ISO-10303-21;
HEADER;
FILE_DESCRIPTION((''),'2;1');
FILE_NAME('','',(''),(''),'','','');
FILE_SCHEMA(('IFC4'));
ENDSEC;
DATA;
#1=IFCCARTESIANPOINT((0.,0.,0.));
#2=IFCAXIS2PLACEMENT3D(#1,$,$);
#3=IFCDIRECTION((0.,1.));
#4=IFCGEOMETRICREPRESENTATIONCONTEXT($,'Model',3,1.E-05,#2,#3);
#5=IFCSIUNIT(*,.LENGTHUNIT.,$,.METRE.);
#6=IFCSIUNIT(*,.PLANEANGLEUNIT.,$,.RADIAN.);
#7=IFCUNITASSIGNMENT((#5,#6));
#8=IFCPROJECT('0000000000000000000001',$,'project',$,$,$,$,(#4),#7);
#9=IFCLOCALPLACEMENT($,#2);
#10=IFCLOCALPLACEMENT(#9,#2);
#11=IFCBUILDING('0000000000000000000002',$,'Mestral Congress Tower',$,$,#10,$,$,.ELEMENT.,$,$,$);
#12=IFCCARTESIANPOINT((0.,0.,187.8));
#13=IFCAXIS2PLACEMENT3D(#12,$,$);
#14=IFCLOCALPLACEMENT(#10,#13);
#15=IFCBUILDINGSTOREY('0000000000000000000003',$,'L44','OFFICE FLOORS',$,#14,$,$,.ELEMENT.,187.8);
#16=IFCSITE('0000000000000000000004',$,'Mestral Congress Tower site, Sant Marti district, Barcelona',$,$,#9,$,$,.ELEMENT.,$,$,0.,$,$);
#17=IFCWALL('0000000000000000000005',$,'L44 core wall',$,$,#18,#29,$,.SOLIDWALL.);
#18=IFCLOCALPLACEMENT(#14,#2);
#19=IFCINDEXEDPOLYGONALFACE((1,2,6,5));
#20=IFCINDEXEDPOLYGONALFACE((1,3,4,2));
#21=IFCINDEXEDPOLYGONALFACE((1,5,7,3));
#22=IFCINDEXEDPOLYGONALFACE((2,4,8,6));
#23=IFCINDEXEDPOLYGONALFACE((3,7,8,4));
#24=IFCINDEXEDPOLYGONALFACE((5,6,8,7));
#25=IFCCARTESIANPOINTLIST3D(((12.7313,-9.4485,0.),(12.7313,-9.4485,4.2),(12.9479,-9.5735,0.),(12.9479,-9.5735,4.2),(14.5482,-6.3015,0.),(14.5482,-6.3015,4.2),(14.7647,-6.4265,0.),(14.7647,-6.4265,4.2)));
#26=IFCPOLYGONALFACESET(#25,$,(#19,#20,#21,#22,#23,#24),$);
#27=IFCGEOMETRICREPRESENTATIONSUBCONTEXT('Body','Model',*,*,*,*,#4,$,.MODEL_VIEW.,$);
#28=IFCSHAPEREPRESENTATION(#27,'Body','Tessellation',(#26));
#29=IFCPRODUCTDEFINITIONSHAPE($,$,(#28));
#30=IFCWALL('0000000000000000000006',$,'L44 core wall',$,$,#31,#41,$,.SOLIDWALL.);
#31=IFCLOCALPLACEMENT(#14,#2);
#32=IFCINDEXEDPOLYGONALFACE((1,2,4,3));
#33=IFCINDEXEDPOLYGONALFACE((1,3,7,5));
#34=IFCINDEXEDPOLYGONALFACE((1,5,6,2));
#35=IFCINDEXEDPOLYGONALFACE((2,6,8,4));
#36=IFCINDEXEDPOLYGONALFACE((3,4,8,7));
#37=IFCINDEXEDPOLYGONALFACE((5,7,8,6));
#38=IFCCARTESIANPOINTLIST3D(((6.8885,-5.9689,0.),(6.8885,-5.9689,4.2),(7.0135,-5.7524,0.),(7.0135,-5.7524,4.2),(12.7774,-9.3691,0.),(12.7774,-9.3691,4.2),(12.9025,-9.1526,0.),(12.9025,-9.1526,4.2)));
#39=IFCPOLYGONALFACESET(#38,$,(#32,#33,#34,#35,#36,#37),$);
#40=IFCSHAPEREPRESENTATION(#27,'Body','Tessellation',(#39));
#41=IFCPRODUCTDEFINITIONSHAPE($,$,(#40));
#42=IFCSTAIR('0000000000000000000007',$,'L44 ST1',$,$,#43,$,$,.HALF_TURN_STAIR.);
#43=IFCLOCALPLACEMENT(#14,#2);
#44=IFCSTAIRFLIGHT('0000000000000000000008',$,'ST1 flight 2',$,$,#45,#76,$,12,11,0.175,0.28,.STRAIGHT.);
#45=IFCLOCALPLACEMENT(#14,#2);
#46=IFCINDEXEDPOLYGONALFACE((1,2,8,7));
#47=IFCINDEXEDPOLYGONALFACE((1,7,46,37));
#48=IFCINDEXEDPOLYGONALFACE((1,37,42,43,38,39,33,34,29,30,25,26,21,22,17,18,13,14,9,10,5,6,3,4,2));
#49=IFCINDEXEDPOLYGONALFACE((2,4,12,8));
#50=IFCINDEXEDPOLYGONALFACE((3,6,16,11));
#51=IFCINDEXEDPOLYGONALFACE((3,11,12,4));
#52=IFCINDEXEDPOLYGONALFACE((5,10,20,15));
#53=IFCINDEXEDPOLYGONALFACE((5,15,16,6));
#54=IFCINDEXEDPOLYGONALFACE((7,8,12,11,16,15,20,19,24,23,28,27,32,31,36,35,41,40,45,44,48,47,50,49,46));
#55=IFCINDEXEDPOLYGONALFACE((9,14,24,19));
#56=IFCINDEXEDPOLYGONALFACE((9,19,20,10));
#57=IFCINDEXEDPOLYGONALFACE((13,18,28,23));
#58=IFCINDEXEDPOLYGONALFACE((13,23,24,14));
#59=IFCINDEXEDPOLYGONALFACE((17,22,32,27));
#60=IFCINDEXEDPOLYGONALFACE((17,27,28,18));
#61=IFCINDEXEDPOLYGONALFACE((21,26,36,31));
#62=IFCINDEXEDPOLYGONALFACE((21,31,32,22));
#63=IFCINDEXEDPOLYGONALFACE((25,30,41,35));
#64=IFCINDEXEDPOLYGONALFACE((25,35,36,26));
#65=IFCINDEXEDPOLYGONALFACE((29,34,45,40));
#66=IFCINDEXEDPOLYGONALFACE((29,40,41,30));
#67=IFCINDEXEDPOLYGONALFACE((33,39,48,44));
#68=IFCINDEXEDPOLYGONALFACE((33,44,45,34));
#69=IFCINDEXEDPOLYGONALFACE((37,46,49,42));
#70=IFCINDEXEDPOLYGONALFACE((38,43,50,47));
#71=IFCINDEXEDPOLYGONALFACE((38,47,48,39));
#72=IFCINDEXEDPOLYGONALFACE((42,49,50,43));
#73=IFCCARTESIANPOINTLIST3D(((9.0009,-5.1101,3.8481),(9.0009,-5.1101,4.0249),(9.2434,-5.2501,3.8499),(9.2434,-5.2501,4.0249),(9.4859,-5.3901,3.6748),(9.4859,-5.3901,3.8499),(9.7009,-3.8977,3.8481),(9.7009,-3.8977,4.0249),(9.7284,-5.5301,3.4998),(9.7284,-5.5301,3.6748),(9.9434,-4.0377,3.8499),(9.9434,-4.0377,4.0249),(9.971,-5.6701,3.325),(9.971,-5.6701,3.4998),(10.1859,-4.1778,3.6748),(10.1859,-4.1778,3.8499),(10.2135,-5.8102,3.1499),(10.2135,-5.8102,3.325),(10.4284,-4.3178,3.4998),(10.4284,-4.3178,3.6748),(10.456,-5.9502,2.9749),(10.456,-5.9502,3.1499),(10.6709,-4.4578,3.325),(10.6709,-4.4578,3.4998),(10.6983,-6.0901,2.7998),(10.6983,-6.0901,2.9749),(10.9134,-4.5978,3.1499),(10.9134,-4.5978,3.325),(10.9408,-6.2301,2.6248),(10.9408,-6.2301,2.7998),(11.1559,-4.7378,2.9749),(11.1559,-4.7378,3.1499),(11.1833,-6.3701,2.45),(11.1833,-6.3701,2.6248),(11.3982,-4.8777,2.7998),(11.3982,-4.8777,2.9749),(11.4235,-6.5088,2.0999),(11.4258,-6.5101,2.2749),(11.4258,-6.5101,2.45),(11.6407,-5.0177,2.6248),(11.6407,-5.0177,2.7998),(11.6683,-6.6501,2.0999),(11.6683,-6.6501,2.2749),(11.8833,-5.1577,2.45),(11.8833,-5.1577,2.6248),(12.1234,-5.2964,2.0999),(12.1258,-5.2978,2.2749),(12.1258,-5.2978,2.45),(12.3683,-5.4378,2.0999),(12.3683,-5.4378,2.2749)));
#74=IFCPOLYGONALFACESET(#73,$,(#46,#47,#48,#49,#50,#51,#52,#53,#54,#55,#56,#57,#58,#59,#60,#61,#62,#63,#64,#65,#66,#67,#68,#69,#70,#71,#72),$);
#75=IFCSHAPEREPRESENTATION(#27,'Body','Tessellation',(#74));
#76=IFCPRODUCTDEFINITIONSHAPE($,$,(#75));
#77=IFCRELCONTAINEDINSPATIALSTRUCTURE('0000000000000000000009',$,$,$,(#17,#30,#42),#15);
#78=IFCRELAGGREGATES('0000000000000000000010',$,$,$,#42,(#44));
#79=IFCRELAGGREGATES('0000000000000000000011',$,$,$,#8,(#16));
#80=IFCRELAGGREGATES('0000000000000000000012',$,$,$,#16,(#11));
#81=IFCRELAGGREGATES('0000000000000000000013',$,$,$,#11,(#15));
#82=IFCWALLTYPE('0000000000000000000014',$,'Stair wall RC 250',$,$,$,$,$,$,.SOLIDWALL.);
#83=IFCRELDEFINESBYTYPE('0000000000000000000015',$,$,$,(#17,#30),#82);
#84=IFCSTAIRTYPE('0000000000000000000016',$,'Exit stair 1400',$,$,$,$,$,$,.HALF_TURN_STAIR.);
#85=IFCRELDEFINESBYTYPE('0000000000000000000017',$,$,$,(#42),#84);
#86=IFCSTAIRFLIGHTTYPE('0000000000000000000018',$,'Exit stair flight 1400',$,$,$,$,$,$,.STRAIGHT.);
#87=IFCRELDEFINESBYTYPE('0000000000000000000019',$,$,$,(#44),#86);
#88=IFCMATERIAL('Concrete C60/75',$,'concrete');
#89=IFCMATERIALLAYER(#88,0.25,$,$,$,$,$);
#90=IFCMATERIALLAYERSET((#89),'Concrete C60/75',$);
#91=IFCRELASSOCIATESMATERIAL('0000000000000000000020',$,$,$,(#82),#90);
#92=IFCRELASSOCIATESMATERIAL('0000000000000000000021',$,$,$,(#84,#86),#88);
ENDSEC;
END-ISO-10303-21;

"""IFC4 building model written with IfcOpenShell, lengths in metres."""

from ifc_helpers import new_model, si_unit, direction, frame, frame_2d, origin, place, context, subcontext, project, spatial, polyline, rectangle, outline, extrude, material, layer, layer_set, type_object, element, aggregate, save


model = new_model("IFC4")

# Units and contexts
model_context = context("Model", 3, precision=1e-05, world=origin(), true_north=direction((0.0, 1.0)))
body_context = subcontext(model_context, "Body", "Model", "MODEL_VIEW")
ifc_project = project(units=[si_unit("LENGTHUNIT", "METRE"), si_unit("PLANEANGLEUNIT", "RADIAN")], contexts=[model_context])

# Site, building, storey
site_placement = place(None, origin())
site = spatial("IfcSite", under=ifc_project, at=site_placement, Name="Mestral Congress Tower site, Sant Marti district, Barcelona", CompositionType="ELEMENT", RefElevation=0.0)
building_placement = place(site_placement, origin())
building = spatial("IfcBuilding", under=site, at=building_placement, Name="Mestral Congress Tower", CompositionType="ELEMENT")
storey_placement = place(building_placement, frame((0.0, 0.0, 187.8)))
storey = spatial("IfcBuildingStorey", under=building, at=storey_placement, Name="L44", Description="OFFICE FLOORS", CompositionType="ELEMENT", Elevation=187.8)

# Shared definitions
ifc_material_1 = material(Name="Concrete C60/75", Category="concrete")

# Walls
ifc_layer_1 = layer(ifc_material_1, 0.25)
ifc_layer_set_1 = layer_set([ifc_layer_1], Name="Concrete C60/75")
wall_type_1 = type_object("IfcWallType", Name="Stair wall RC 250", PredefinedType="SOLIDWALL", material=ifc_layer_set_1)
wall_1_placement = place(storey_placement, frame((12.8396, -9.511, 0.0), z_axis=(0.0, 0.0, 1.0), x_axis=(0.499998, 0.866027, 0.0)))
element("IfcWall", 1, at=wall_1_placement, inside=storey, type_object=wall_type_1, Name="L44 core wall", PredefinedType="SOLIDWALL", context=body_context, shape_type="SweptSolid", body=[
    extrude(rectangle(XDim=3.6338, YDim=0.25, at=frame_2d((1.8169, 0.0))), origin(), (0.0, 0.0, 1.0), 4.2),
])
wall_2_placement = place(storey_placement, frame((12.8398, -9.2607, 0.0), z_axis=(0.0, 0.0, 1.0), x_axis=(-0.866014, 0.50002, 0.0)))
element("IfcWall", 2, at=wall_2_placement, inside=storey, type_object=wall_type_1, Name="L44 core wall", PredefinedType="SOLIDWALL", context=body_context, shape_type="SweptSolid", body=[
    extrude(rectangle(XDim=6.8, YDim=0.25, at=frame_2d((3.3999, 0.0))), origin(), (0.0, 0.0, 1.0), 4.2),
])

# Stair, stair flight
stair_type = type_object("IfcStairType", Name="Exit stair 1400", PredefinedType="HALF_TURN_STAIR", material=ifc_material_1)
stair_placement = place(storey_placement, origin())
stair = element("IfcStair", 3, at=stair_placement, inside=storey, type_object=stair_type, Name="L44 ST1", PredefinedType="HALF_TURN_STAIR")
stair_flight_type = type_object("IfcStairFlightType", Name="Exit stair flight 1400", PredefinedType="STRAIGHT", material=ifc_material_1)
stair_flight_placement = place(storey_placement, frame((12.0183, -6.0439, 2.0999), z_axis=(0.0, 0.0, 1.0), x_axis=(-0.866025, 0.5, 0.0)))
stair_flight = element("IfcStairFlight", 4, at=stair_flight_placement, type_object=stair_flight_type, Name="ST1 flight 2", NumberOfRisers=12, NumberOfTreads=11, PredefinedType="STRAIGHT", RiserHeight=0.175, TreadLength=0.28, context=body_context, shape_type="SweptSolid", body=[
    extrude(outline(polyline([(0.0, 0.0), (0.0, 0.175), (0.28, 0.175), (0.28, 0.3501), (0.5601, 0.3501), (0.5601, 0.5249), (0.8401, 0.5249), (0.8401, 0.7), (1.1201, 0.7), (1.1201, 0.875), (1.3999, 0.875), (1.3999, 1.05), (1.6799, 1.05), (1.6799, 1.2251), (1.96, 1.2251), (1.96, 1.3999), (2.24, 1.3999), (2.24, 1.575), (2.52, 1.575), (2.52, 1.75), (2.8, 1.75), (2.8, 1.925), (3.0801, 1.925), (3.0801, 2.1001), (3.0801, 1.7483), (0.2827, 0.0), (0.0, 0.0)])), frame((0.0, 0.7, 0.0), z_axis=(0.0, -1.0, 0.0), x_axis=(1.0, 0.0, 0.0)), (0.0, 0.0, 1.0), 1.3999),
])
aggregate(stair, [stair_flight])

save(model, "model.ifc")
